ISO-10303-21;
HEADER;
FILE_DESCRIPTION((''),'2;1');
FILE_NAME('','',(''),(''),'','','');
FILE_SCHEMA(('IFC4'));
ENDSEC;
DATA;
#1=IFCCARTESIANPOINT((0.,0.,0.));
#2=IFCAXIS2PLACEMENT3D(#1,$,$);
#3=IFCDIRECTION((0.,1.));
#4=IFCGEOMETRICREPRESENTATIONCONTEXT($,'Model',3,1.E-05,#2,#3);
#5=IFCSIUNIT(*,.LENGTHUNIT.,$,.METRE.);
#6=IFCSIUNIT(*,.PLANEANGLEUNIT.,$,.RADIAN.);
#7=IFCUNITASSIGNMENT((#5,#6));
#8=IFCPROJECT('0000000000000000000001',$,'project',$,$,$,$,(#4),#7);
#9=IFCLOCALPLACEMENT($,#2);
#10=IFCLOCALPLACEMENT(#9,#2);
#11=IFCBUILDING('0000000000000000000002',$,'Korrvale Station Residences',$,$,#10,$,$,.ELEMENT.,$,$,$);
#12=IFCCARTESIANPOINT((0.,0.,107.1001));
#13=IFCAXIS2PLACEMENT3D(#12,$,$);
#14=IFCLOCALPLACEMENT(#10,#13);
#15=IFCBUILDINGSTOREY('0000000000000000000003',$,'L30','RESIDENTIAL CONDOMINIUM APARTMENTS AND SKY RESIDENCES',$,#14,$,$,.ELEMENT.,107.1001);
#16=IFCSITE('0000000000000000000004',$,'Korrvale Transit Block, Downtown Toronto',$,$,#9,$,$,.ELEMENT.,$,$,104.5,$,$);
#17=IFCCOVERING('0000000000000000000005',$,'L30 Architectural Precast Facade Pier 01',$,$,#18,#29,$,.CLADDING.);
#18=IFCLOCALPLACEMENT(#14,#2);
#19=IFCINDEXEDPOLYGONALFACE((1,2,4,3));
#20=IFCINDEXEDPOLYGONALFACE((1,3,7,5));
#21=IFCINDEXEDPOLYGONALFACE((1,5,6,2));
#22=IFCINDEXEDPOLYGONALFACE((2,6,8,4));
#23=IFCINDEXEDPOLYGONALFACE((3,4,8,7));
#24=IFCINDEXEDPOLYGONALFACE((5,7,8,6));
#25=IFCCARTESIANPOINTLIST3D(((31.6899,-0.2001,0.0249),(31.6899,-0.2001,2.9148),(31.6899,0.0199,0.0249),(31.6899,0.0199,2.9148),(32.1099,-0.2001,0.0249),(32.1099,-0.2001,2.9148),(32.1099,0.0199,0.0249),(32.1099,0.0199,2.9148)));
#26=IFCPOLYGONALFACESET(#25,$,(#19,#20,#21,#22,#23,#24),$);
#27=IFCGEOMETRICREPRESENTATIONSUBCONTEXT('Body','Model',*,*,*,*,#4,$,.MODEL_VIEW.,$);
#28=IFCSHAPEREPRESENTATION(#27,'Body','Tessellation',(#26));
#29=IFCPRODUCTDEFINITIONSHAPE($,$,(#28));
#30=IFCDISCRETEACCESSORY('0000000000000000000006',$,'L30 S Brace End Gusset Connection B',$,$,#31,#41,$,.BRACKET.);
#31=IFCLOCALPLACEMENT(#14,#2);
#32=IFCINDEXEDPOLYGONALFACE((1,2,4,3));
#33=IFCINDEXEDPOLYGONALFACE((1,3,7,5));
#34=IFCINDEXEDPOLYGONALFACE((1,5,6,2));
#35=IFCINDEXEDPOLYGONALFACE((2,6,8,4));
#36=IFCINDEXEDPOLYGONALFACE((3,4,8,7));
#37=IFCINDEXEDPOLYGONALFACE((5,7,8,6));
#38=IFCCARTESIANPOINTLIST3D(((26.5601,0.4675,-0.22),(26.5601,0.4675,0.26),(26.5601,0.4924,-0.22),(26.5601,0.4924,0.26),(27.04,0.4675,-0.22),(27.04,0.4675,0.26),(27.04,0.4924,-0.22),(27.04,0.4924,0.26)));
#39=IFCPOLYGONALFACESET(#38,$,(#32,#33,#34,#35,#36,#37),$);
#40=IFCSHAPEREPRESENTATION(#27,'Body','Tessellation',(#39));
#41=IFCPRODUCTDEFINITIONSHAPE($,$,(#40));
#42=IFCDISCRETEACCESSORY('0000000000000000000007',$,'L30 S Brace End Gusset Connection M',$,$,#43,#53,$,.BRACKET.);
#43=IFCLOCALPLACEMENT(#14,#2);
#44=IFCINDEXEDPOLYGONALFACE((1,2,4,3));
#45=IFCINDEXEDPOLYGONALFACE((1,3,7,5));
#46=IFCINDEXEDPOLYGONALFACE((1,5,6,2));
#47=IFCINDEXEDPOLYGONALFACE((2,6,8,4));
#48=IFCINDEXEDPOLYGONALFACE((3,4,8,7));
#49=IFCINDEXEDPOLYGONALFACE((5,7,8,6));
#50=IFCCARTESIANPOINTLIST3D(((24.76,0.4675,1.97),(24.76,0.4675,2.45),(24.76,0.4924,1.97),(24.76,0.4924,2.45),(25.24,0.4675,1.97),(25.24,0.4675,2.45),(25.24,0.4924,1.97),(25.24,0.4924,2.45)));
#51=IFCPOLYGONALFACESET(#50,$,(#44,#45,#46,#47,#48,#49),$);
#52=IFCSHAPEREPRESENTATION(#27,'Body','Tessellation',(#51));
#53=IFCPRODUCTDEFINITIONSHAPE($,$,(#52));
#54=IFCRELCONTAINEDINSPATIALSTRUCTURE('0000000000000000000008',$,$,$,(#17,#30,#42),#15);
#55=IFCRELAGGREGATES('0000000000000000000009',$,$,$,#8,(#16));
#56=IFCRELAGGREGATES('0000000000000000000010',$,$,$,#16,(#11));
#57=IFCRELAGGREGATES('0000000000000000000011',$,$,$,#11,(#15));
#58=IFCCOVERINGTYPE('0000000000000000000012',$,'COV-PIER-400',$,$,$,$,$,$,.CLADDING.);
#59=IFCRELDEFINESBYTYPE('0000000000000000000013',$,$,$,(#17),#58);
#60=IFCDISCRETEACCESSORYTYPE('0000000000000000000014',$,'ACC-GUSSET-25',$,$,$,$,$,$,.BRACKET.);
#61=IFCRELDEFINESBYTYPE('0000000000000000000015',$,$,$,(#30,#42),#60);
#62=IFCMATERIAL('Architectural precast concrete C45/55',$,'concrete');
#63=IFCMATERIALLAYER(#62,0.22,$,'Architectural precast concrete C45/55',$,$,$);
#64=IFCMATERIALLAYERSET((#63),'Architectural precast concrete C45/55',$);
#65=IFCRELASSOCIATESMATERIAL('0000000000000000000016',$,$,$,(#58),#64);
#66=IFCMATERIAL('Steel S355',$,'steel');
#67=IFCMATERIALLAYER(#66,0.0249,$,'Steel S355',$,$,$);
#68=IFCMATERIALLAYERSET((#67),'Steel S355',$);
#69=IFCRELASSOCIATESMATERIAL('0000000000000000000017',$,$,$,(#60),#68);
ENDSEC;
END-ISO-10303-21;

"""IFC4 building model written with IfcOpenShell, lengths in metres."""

from ifc_helpers import new_model, si_unit, direction, frame, origin, origin_2d, place, context, subcontext, project, spatial, rectangle, extrude, material, layer, layer_set, type_object, element, save


model = new_model("IFC4")

# Units and contexts
model_context = context("Model", 3, precision=1e-05, world=origin(), true_north=direction((0.0, 1.0)))
body_context = subcontext(model_context, "Body", "Model", "MODEL_VIEW")
ifc_project = project(units=[si_unit("LENGTHUNIT", "METRE"), si_unit("PLANEANGLEUNIT", "RADIAN")], contexts=[model_context])

# Site, building, storey
site_placement = place(None, origin())
site = spatial("IfcSite", under=ifc_project, at=site_placement, Name="Korrvale Transit Block, Downtown Toronto", CompositionType="ELEMENT", RefElevation=104.5)
building_placement = place(site_placement, origin())
building = spatial("IfcBuilding", under=site, at=building_placement, Name="Korrvale Station Residences", CompositionType="ELEMENT")
storey_placement = place(building_placement, frame((0.0, 0.0, 107.1001)))
storey = spatial("IfcBuildingStorey", under=building, at=storey_placement, Name="L30", Description="RESIDENTIAL CONDOMINIUM APARTMENTS AND SKY RESIDENCES", CompositionType="ELEMENT", Elevation=107.1001)

# Shared definitions
ifc_material_1 = material(Name="Steel S355", Category="steel")

# Covering
ifc_material_2 = material(Name="Architectural precast concrete C45/55", Category="concrete")
ifc_layer_1 = layer(ifc_material_2, 0.22, Name="Architectural precast concrete C45/55")
ifc_layer_set_1 = layer_set([ifc_layer_1], Name="Architectural precast concrete C45/55")
covering_type = type_object("IfcCoveringType", Name="COV-PIER-400", PredefinedType="CLADDING", material=ifc_layer_set_1)
covering_placement = place(storey_placement, frame((31.8999, -0.0901, 0.0249), z_axis=(0.0, 0.0, 1.0), x_axis=(1.0, 0.0, 0.0)))
element("IfcCovering", 1, at=covering_placement, inside=storey, type_object=covering_type, Name="L30 Architectural Precast Facade Pier 01", PredefinedType="CLADDING", context=body_context, shape_type="SweptSolid", body=[
    extrude(rectangle(XDim=0.4199, YDim=0.22, at=origin_2d()), origin(), (0.0, 0.0, 1.0), 2.8899),
])

# Discrete accessories
ifc_layer_2 = layer(ifc_material_1, 0.0249, Name="Steel S355")
ifc_layer_set_2 = layer_set([ifc_layer_2], Name="Steel S355")
discrete_accessory_type = type_object("IfcDiscreteAccessoryType", Name="ACC-GUSSET-25", PredefinedType="BRACKET", material=ifc_layer_set_2)
for number, where, z_axis, x_axis, name in (
    (2, (26.8, 0.48, -0.22), (0.0, 0.0, 1.0), (1.0, 0.0, 0.0), "L30 S Brace End Gusset Connection B"),
    (3, (25.0, 0.48, 1.97), (0.0, 0.0, 1.0), (1.0, 0.0, 0.0), "L30 S Brace End Gusset Connection M"),
):
    element("IfcDiscreteAccessory", number, at=place(storey_placement, frame(where, z_axis=z_axis, x_axis=x_axis)), inside=storey, type_object=discrete_accessory_type, Name=name, PredefinedType="BRACKET", context=body_context, shape_type="SweptSolid", body=[
        extrude(rectangle(XDim=0.48, YDim=0.0249, at=origin_2d()), origin(), (0.0, 0.0, 1.0), 0.48),
    ])

save(model, "model.ifc")
